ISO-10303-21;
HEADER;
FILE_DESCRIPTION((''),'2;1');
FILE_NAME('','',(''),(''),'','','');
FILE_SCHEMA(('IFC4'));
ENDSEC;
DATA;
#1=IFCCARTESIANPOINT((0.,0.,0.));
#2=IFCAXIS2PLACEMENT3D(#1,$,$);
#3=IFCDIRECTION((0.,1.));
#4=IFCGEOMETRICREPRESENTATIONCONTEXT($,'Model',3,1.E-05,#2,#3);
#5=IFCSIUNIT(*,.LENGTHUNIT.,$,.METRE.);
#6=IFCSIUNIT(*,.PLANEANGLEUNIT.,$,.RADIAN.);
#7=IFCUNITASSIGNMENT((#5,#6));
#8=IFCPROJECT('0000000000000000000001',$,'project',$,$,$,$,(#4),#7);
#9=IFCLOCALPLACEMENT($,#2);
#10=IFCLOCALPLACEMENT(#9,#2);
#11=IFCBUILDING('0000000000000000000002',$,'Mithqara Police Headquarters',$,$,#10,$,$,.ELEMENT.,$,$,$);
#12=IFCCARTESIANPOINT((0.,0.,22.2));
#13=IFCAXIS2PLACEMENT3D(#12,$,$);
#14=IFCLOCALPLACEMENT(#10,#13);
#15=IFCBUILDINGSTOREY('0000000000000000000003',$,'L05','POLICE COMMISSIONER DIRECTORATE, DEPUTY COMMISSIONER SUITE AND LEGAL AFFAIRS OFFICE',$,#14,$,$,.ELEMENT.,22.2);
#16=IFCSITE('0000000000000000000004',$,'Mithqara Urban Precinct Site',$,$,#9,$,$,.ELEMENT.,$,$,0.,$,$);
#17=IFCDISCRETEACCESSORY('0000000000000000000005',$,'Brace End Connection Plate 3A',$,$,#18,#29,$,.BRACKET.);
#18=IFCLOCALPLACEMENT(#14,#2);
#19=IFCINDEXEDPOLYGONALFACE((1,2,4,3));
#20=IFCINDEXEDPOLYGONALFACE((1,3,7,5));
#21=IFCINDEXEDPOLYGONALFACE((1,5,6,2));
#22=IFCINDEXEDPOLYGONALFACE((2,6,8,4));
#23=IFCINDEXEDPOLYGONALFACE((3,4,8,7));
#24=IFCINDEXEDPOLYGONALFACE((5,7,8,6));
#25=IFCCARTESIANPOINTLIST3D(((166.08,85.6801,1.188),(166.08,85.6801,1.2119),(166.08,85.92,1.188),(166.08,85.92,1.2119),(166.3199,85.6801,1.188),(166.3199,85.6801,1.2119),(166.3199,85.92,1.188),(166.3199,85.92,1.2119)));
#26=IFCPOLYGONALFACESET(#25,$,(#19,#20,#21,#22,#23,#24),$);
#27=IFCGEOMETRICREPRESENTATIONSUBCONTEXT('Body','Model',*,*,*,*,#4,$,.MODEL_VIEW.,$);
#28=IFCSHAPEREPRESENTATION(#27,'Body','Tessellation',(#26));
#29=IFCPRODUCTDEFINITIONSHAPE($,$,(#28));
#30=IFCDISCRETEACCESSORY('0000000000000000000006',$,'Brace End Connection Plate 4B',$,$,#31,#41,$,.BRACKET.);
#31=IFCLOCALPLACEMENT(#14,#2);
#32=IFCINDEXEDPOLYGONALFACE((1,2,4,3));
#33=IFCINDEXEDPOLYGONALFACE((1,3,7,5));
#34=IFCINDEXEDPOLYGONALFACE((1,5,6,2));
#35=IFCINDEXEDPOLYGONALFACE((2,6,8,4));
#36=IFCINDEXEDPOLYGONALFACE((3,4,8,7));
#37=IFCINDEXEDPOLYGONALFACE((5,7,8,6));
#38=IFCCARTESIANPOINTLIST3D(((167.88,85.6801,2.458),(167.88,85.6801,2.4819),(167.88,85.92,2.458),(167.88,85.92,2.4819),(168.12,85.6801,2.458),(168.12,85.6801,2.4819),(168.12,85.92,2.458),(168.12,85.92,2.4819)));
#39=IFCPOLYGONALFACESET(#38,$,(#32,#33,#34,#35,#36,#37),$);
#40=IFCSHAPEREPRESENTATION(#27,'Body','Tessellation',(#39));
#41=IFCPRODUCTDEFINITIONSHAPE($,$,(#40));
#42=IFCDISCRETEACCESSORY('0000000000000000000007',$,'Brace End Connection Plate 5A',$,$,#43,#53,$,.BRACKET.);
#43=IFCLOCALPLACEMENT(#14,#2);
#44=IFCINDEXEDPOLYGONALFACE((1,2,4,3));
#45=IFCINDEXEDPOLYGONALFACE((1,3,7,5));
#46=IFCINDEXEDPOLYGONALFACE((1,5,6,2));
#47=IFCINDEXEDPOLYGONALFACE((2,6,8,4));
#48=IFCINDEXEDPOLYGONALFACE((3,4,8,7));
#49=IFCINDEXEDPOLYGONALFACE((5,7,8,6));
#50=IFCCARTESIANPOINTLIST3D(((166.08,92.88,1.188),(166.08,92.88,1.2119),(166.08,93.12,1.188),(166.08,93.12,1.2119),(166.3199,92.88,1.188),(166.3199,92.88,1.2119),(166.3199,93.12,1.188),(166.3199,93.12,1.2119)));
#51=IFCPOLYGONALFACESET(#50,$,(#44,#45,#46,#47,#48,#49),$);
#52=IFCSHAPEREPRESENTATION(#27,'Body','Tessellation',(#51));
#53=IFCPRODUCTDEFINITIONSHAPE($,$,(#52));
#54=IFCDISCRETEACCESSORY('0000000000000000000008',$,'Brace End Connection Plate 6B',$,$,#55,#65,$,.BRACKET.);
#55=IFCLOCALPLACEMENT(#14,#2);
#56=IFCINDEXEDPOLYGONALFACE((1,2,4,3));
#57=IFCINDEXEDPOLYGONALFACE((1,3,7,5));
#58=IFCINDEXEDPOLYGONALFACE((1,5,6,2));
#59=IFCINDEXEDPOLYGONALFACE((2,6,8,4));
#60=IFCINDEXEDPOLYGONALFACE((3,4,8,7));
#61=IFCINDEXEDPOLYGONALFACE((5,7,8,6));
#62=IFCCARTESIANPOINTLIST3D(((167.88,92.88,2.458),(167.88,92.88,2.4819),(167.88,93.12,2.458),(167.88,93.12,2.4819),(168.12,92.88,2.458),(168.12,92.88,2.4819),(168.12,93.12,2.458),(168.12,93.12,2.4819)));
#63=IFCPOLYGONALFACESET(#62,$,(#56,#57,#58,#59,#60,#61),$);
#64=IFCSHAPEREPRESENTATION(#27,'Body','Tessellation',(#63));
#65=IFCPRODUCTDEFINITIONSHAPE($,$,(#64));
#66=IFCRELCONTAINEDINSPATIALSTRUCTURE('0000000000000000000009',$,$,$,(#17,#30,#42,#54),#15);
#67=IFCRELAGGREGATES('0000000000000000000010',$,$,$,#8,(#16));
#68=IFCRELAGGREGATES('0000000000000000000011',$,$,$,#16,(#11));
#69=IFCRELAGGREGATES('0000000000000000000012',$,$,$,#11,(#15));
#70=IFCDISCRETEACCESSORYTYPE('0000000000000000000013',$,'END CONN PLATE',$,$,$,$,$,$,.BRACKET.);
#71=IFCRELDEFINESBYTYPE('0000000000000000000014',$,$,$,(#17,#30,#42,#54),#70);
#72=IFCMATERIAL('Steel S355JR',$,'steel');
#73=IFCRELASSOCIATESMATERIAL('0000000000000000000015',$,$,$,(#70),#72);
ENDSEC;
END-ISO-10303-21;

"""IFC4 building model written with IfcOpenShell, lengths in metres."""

from ifc_helpers import new_model, si_unit, direction, frame, origin, origin_2d, place, context, subcontext, project, spatial, rectangle, extrude, material, type_object, element, save


model = new_model("IFC4")

# Units and contexts
model_context = context("Model", 3, precision=1e-05, world=origin(), true_north=direction((0.0, 1.0)))
body_context = subcontext(model_context, "Body", "Model", "MODEL_VIEW")
ifc_project = project(units=[si_unit("LENGTHUNIT", "METRE"), si_unit("PLANEANGLEUNIT", "RADIAN")], contexts=[model_context])

# Site, building, storey
site_placement = place(None, origin())
site = spatial("IfcSite", under=ifc_project, at=site_placement, Name="Mithqara Urban Precinct Site", CompositionType="ELEMENT", RefElevation=0.0)
building_placement = place(site_placement, origin())
building = spatial("IfcBuilding", under=site, at=building_placement, Name="Mithqara Police Headquarters", CompositionType="ELEMENT")
storey_placement = place(building_placement, frame((0.0, 0.0, 22.2)))
storey = spatial("IfcBuildingStorey", under=building, at=storey_placement, Name="L05", Description="POLICE COMMISSIONER DIRECTORATE, DEPUTY COMMISSIONER SUITE AND LEGAL AFFAIRS OFFICE", CompositionType="ELEMENT", Elevation=22.2)

# Shared definitions
ifc_material_1 = material(Name="Steel S355JR", Category="steel")

# Discrete accessories
discrete_accessory_type = type_object("IfcDiscreteAccessoryType", Name="END CONN PLATE", PredefinedType="BRACKET", material=ifc_material_1)
for number, where, z_axis, x_axis, name in (
    (1, (166.2, 85.8, 1.188), (0.0, 0.0, 1.0), (1.0, 0.0, 0.0), "Brace End Connection Plate 3A"),
    (2, (168.0, 85.8, 2.458), (0.0, 0.0, 1.0), (1.0, 0.0, 0.0), "Brace End Connection Plate 4B"),
    (3, (166.2, 93.0, 1.188), (0.0, 0.0, 1.0), (1.0, 0.0, 0.0), "Brace End Connection Plate 5A"),
    (4, (168.0, 93.0, 2.458), (0.0, 0.0, 1.0), (1.0, 0.0, 0.0), "Brace End Connection Plate 6B"),
):
    element("IfcDiscreteAccessory", number, at=place(storey_placement, frame(where, z_axis=z_axis, x_axis=x_axis)), inside=storey, type_object=discrete_accessory_type, Name=name, PredefinedType="BRACKET", context=body_context, shape_type="SweptSolid", body=[
        extrude(rectangle(XDim=0.24, YDim=0.24, at=origin_2d()), origin(), (0.0, 0.0, 1.0), 0.0239),
    ])

save(model, "model.ifc")
